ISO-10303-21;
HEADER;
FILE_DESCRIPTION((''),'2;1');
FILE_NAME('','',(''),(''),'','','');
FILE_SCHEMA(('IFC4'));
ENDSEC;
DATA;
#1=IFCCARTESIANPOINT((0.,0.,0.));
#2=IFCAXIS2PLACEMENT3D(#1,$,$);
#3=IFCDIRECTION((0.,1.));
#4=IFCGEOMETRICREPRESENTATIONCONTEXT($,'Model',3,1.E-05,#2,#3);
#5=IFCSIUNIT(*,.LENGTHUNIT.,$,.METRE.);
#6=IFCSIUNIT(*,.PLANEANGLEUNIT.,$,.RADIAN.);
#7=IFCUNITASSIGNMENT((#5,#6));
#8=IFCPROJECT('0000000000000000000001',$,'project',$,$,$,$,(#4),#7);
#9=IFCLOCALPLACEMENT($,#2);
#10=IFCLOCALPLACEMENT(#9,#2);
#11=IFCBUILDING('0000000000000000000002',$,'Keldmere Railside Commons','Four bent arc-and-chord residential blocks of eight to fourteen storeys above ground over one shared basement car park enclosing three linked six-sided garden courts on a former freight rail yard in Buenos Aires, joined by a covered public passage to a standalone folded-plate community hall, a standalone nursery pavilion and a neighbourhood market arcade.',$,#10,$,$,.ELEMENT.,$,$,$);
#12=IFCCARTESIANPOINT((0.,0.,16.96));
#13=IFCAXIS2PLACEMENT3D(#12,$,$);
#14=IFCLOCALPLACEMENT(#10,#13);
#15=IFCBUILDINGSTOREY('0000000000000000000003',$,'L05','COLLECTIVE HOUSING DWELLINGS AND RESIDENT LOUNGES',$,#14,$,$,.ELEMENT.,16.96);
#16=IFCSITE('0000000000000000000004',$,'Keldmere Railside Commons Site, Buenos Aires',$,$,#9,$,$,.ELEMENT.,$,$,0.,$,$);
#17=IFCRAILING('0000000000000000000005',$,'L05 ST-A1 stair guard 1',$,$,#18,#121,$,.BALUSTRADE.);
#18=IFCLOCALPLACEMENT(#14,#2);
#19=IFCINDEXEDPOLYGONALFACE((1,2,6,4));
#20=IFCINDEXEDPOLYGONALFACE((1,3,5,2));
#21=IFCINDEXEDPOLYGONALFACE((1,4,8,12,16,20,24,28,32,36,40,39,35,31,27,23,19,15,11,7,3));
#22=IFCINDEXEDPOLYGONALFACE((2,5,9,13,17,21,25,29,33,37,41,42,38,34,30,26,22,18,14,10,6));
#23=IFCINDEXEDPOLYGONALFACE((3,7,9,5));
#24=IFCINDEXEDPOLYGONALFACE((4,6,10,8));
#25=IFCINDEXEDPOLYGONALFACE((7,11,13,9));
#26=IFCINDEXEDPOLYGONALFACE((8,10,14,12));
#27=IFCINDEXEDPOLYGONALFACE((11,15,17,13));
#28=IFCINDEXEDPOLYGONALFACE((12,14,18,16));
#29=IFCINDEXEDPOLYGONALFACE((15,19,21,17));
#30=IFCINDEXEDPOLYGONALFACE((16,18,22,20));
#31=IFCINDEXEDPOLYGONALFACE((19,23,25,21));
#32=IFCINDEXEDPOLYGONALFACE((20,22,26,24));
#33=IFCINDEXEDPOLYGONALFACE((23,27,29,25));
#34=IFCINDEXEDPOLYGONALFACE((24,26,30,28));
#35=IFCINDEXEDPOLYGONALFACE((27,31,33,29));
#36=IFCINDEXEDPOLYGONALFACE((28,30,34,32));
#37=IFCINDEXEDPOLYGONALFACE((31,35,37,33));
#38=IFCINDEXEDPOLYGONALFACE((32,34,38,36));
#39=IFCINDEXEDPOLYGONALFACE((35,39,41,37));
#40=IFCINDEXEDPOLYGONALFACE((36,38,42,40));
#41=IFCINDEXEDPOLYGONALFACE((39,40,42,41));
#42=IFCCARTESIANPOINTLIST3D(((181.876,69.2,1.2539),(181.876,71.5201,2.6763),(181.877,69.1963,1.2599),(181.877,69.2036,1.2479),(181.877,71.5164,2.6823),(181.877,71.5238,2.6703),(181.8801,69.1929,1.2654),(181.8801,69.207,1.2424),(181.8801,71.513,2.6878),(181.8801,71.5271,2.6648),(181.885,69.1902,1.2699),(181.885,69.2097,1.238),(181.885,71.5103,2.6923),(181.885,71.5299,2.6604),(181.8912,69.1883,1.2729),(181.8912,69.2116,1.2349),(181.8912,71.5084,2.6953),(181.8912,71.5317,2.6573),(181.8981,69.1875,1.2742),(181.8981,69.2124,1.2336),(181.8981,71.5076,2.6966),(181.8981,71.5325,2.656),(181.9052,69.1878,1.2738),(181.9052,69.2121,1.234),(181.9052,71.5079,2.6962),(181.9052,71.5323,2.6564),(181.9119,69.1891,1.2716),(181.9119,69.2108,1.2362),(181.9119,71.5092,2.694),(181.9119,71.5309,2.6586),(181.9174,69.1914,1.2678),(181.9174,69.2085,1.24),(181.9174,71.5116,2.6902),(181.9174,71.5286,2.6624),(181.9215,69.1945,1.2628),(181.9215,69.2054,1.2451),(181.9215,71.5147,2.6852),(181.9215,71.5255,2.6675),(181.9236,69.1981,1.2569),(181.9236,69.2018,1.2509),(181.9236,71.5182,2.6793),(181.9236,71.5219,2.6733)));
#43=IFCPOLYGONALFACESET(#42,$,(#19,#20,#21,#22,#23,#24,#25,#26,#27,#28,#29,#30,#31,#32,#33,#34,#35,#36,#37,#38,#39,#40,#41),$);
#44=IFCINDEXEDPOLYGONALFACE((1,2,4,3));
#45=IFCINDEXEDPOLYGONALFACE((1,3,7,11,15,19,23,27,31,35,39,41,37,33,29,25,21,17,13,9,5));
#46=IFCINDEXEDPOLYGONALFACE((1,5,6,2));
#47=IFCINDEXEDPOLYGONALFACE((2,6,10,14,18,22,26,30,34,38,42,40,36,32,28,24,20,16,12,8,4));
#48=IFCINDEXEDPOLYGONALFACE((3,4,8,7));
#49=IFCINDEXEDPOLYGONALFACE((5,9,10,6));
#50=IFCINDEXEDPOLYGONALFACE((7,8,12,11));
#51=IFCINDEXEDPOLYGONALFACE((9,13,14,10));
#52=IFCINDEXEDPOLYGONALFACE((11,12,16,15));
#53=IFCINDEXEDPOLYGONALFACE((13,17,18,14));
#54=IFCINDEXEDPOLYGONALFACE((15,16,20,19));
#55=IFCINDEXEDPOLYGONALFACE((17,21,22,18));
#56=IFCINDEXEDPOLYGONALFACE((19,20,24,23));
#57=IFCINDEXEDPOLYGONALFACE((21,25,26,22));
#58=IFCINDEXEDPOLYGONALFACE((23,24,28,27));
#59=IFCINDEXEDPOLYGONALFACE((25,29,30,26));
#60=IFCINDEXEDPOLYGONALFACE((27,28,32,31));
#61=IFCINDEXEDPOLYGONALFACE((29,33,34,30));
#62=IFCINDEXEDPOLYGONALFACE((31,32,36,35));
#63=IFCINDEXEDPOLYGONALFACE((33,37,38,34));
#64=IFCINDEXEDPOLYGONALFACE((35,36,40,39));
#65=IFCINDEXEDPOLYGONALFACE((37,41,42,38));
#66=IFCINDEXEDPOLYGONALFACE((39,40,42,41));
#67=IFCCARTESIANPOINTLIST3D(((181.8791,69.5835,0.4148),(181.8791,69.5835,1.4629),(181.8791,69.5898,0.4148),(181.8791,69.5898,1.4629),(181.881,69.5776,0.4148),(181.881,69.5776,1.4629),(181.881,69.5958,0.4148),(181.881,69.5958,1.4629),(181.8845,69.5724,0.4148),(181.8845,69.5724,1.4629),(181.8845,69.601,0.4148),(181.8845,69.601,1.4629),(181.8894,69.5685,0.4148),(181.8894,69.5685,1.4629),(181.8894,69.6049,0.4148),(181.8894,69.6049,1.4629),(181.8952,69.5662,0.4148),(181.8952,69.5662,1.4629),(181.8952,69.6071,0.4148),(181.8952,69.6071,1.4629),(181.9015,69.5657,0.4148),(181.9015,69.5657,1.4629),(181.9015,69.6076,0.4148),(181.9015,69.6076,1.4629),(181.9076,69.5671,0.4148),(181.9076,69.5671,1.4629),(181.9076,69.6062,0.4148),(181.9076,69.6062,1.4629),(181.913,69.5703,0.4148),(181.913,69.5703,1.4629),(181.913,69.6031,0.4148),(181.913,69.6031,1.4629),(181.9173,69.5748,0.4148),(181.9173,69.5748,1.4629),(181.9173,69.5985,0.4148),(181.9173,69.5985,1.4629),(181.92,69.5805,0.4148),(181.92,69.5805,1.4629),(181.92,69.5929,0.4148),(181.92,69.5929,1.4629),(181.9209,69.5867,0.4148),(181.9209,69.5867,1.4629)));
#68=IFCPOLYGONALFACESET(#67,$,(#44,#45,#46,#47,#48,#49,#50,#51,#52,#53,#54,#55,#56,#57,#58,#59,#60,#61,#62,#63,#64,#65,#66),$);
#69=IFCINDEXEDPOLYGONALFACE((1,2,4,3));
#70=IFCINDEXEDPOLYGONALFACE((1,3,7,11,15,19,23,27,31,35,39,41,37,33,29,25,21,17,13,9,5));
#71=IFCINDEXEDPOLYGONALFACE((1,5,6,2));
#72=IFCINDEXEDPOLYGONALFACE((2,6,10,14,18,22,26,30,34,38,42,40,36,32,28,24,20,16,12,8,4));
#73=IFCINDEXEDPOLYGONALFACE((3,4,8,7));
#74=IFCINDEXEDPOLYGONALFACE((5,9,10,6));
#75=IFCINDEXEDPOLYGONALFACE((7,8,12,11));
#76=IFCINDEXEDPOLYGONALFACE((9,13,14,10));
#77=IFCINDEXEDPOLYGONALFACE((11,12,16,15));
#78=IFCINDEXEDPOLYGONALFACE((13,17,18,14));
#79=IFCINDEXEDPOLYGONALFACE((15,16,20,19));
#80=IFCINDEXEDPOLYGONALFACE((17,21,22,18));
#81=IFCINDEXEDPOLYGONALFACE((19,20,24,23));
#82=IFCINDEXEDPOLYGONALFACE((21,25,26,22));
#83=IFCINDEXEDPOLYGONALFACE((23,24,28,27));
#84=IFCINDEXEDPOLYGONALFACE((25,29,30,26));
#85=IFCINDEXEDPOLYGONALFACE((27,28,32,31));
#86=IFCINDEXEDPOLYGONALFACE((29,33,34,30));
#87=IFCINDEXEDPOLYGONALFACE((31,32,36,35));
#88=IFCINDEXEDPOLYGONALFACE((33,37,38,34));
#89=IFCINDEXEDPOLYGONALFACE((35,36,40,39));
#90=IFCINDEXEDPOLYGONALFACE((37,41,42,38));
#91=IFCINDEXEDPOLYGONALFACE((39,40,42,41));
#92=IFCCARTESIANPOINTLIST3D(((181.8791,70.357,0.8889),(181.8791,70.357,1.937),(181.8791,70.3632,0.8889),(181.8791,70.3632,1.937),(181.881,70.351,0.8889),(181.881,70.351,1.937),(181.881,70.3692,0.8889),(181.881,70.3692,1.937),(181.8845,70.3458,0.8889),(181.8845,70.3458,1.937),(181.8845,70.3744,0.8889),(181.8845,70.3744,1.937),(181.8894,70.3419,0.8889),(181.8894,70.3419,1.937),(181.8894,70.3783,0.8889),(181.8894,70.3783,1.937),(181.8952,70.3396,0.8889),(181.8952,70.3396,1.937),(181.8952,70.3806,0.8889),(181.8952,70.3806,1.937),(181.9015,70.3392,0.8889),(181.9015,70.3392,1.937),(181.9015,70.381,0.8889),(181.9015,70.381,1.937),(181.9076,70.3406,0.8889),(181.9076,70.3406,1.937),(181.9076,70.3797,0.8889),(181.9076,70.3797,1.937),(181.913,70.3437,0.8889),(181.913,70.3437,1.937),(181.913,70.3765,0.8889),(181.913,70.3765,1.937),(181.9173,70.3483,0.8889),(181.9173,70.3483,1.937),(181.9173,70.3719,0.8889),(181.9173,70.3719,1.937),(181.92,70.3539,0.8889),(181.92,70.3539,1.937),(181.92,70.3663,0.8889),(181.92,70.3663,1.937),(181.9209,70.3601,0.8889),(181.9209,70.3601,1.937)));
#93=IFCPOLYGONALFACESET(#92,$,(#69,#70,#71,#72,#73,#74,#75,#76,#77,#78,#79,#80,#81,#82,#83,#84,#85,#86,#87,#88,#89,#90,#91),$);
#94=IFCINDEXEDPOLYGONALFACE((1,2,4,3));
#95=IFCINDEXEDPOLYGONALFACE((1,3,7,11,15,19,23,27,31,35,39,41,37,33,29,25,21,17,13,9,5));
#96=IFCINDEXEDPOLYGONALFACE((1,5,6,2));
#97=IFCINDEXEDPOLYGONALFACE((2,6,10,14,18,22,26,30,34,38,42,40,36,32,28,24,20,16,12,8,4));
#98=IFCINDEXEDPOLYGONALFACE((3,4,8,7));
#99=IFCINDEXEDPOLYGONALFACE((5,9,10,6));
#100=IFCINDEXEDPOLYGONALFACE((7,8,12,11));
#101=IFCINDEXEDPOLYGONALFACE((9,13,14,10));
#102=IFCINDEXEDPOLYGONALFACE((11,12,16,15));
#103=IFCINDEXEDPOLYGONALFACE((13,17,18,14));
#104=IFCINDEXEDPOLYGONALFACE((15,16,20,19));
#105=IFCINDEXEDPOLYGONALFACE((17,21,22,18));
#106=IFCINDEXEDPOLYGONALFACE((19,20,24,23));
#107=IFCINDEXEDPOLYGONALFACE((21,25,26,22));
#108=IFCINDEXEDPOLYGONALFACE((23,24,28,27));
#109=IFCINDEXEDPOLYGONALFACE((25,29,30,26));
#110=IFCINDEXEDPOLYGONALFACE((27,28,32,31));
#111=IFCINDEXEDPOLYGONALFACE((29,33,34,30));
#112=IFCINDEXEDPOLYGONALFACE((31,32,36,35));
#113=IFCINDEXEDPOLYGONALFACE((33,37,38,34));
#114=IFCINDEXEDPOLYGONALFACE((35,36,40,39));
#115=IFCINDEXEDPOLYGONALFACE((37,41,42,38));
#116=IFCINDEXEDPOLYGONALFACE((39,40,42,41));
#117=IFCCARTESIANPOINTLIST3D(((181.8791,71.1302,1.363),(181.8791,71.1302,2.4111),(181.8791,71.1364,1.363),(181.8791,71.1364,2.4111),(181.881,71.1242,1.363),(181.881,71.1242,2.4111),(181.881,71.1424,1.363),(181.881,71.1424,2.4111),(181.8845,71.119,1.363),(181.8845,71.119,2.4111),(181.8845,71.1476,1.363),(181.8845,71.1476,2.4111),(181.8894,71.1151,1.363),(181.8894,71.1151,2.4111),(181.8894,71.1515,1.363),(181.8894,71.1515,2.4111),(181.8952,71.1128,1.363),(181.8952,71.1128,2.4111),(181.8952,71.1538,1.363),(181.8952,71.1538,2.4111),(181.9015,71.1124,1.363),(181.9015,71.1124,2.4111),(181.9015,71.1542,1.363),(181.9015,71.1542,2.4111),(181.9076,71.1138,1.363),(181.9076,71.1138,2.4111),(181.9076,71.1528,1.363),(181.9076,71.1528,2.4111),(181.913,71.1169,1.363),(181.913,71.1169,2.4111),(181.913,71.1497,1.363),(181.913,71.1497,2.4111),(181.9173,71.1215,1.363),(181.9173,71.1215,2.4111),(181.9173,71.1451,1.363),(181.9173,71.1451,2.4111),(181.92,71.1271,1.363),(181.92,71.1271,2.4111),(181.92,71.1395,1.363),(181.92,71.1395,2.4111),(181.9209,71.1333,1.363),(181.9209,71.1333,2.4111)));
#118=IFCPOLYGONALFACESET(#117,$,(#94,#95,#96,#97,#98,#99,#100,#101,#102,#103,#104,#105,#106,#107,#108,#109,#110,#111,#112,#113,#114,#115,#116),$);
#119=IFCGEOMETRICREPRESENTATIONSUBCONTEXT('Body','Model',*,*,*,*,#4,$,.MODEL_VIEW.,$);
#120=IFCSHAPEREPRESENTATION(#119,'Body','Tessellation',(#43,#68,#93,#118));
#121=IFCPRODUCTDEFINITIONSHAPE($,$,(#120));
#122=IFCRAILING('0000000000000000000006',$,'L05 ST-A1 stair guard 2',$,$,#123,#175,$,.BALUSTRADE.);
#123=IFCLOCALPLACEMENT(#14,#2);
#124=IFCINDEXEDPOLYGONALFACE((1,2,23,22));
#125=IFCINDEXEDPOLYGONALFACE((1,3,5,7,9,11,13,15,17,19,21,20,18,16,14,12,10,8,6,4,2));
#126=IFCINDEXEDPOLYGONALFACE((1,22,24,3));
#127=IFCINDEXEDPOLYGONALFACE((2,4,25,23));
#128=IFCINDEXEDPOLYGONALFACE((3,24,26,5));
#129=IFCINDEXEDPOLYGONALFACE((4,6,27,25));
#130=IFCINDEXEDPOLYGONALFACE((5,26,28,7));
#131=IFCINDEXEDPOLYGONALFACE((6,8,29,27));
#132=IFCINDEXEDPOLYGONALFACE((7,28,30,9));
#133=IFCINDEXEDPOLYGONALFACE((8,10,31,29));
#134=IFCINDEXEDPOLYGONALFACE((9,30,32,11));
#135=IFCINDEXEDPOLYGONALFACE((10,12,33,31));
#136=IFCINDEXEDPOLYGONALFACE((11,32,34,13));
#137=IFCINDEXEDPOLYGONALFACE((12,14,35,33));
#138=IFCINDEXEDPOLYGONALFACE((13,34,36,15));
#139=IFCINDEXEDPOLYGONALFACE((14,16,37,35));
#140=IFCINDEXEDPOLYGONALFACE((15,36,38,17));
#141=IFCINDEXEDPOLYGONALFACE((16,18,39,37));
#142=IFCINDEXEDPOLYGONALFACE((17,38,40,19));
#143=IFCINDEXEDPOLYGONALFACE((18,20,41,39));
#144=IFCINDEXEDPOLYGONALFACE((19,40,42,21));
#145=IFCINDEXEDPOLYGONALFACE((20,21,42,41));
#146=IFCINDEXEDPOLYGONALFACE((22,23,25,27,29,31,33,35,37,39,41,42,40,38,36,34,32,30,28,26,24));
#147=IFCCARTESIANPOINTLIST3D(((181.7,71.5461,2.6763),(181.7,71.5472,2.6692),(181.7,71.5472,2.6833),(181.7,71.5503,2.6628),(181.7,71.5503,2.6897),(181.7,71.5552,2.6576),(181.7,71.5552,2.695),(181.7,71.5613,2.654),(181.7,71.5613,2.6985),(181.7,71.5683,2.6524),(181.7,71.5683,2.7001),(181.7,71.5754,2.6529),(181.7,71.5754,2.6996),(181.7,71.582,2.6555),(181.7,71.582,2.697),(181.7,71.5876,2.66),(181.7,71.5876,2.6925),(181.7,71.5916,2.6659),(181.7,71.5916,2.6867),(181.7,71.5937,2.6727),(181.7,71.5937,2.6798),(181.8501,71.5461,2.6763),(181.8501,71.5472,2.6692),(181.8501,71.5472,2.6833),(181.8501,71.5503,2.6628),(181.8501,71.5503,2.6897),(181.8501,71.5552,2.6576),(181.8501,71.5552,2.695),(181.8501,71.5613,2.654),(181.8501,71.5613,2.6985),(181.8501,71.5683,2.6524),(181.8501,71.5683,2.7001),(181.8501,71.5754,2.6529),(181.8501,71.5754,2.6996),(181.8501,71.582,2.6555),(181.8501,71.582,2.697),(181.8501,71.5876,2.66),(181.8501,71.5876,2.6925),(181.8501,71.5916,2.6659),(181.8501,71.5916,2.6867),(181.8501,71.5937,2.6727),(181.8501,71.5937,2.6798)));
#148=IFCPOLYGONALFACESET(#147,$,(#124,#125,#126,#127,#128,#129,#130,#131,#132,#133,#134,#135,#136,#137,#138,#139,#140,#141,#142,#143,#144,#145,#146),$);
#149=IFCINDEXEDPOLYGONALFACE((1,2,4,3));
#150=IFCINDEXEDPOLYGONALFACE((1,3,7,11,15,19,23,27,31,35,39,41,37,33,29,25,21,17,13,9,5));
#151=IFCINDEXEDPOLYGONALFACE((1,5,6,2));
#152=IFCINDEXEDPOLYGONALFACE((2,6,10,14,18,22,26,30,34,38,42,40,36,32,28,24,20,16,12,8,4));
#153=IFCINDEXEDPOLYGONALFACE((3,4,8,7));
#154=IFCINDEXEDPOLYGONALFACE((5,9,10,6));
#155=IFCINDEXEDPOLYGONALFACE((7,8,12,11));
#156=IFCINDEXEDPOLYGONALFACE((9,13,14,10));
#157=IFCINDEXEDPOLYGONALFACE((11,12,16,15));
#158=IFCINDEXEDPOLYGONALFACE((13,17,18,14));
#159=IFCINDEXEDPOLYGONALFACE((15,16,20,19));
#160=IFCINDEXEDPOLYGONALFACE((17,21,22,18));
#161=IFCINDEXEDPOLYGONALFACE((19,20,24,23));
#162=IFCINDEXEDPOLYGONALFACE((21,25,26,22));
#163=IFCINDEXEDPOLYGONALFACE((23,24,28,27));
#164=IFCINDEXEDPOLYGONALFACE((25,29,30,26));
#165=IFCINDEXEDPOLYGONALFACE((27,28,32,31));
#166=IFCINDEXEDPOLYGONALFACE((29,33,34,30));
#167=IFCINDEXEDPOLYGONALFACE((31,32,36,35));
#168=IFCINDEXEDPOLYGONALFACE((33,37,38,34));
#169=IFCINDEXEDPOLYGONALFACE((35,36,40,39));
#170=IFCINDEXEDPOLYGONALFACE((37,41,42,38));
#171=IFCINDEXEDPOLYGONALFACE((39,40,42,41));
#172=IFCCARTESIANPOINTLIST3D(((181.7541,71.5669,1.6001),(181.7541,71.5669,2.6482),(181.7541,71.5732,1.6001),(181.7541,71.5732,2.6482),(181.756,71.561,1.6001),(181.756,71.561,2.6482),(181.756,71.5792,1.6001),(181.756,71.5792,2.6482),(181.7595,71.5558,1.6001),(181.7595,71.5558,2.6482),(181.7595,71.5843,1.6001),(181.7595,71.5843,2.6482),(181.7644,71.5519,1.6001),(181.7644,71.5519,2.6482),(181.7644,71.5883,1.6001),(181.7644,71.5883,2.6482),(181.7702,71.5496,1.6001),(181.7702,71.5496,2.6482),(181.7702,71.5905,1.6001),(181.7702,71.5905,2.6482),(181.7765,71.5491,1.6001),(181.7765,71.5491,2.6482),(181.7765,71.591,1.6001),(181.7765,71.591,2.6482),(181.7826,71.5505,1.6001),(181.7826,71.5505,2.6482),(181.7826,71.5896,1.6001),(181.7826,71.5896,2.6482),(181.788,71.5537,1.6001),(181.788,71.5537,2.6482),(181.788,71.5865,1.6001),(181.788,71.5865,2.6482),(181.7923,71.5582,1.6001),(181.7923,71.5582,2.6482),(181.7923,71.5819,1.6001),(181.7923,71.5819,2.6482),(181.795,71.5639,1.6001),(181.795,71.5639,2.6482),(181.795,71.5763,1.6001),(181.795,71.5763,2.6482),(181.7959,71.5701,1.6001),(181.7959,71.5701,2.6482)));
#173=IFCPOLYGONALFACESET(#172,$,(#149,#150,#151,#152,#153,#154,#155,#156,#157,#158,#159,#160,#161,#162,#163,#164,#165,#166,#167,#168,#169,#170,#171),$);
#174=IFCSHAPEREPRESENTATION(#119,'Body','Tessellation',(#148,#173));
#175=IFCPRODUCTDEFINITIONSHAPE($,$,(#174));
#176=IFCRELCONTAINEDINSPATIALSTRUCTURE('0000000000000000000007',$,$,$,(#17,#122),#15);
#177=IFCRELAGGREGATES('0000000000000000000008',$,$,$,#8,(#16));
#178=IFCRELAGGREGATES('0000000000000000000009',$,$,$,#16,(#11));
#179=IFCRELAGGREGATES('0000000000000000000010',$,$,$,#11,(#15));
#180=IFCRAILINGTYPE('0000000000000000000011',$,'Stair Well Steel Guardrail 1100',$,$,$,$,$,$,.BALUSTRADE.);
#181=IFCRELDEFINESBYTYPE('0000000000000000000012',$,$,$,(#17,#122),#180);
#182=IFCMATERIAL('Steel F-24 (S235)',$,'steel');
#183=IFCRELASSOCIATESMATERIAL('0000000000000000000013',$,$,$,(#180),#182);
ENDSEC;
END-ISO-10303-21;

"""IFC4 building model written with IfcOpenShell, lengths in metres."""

from ifc_helpers import new_model, si_unit, direction, frame, origin, origin_2d, place, context, subcontext, project, spatial, circle, extrude, material, type_object, element, save


model = new_model("IFC4")

# Units and contexts
model_context = context("Model", 3, precision=1e-05, world=origin(), true_north=direction((0.0, 1.0)))
body_context = subcontext(model_context, "Body", "Model", "MODEL_VIEW")
ifc_project = project(units=[si_unit("LENGTHUNIT", "METRE"), si_unit("PLANEANGLEUNIT", "RADIAN")], contexts=[model_context])

# Site, building, storey
site_placement = place(None, origin())
site = spatial("IfcSite", under=ifc_project, at=site_placement, Name="Keldmere Railside Commons Site, Buenos Aires", CompositionType="ELEMENT", RefElevation=0.0)
building_placement = place(site_placement, origin())
building = spatial("IfcBuilding", under=site, at=building_placement, Name="Keldmere Railside Commons", Description="Four bent arc-and-chord residential blocks of eight to fourteen storeys above ground over one shared basement car park enclosing three linked six-sided garden courts on a former freight rail yard in Buenos Aires, joined by a covered public passage to a standalone folded-plate community hall, a standalone nursery pavilion and a neighbourhood market arcade.", CompositionType="ELEMENT")
storey_placement = place(building_placement, frame((0.0, 0.0, 16.96)))
storey = spatial("IfcBuildingStorey", under=building, at=storey_placement, Name="L05", Description="COLLECTIVE HOUSING DWELLINGS AND RESIDENT LOUNGES", CompositionType="ELEMENT", Elevation=16.96)

# Shared definitions
ifc_material_1 = material(Name="Steel F-24 (S235)", Category="steel")

# Railings
railing_type_1 = type_object("IfcRailingType", Name="Stair Well Steel Guardrail 1100", PredefinedType="BALUSTRADE", material=ifc_material_1)
railing_1_placement = place(storey_placement, frame((181.8999, 69.2, 0.1777)))
element("IfcRailing", 1, at=railing_1_placement, inside=storey, type_object=railing_type_1, Name="L05 ST-A1 stair guard 1", PredefinedType="BALUSTRADE", context=body_context, shape_type="SweptSolid", body=[
    extrude(circle(Radius=0.0239, at=origin_2d()), frame((0.0, 0.0, 1.0762), z_axis=(0.0, 0.852538, 0.522665), x_axis=(-1.0, 0.0, 0.0)), (0.0, 0.0, 1.0), 2.7214),
    extrude(circle(Radius=0.021, at=origin_2d()), frame((0.0, 0.3867, 0.2371)), (0.0, 0.0, 1.0), 1.0481),
    extrude(circle(Radius=0.021, at=origin_2d()), frame((0.0, 1.1602, 0.7112)), (0.0, 0.0, 1.0), 1.0481),
    extrude(circle(Radius=0.021, at=origin_2d()), frame((0.0, 1.9333, 1.1853)), (0.0, 0.0, 1.0), 1.0481),
])
railing_2_placement = place(storey_placement, frame((181.8501, 71.5701, 1.6001)))
element("IfcRailing", 2, at=railing_2_placement, inside=storey, type_object=railing_type_1, Name="L05 ST-A1 stair guard 2", PredefinedType="BALUSTRADE", context=body_context, shape_type="SweptSolid", body=[
    extrude(circle(Radius=0.0239, at=origin_2d()), frame((0.0, 0.0, 1.0762), z_axis=(-1.0, 0.0, 0.0), x_axis=(0.0, -1.0, 0.0)), (0.0, 0.0, 1.0), 0.1501),
    extrude(circle(Radius=0.021, at=origin_2d()), frame((-0.0752, 0.0, 0.0)), (0.0, 0.0, 1.0), 1.0481),
])

save(model, "model.ifc")
